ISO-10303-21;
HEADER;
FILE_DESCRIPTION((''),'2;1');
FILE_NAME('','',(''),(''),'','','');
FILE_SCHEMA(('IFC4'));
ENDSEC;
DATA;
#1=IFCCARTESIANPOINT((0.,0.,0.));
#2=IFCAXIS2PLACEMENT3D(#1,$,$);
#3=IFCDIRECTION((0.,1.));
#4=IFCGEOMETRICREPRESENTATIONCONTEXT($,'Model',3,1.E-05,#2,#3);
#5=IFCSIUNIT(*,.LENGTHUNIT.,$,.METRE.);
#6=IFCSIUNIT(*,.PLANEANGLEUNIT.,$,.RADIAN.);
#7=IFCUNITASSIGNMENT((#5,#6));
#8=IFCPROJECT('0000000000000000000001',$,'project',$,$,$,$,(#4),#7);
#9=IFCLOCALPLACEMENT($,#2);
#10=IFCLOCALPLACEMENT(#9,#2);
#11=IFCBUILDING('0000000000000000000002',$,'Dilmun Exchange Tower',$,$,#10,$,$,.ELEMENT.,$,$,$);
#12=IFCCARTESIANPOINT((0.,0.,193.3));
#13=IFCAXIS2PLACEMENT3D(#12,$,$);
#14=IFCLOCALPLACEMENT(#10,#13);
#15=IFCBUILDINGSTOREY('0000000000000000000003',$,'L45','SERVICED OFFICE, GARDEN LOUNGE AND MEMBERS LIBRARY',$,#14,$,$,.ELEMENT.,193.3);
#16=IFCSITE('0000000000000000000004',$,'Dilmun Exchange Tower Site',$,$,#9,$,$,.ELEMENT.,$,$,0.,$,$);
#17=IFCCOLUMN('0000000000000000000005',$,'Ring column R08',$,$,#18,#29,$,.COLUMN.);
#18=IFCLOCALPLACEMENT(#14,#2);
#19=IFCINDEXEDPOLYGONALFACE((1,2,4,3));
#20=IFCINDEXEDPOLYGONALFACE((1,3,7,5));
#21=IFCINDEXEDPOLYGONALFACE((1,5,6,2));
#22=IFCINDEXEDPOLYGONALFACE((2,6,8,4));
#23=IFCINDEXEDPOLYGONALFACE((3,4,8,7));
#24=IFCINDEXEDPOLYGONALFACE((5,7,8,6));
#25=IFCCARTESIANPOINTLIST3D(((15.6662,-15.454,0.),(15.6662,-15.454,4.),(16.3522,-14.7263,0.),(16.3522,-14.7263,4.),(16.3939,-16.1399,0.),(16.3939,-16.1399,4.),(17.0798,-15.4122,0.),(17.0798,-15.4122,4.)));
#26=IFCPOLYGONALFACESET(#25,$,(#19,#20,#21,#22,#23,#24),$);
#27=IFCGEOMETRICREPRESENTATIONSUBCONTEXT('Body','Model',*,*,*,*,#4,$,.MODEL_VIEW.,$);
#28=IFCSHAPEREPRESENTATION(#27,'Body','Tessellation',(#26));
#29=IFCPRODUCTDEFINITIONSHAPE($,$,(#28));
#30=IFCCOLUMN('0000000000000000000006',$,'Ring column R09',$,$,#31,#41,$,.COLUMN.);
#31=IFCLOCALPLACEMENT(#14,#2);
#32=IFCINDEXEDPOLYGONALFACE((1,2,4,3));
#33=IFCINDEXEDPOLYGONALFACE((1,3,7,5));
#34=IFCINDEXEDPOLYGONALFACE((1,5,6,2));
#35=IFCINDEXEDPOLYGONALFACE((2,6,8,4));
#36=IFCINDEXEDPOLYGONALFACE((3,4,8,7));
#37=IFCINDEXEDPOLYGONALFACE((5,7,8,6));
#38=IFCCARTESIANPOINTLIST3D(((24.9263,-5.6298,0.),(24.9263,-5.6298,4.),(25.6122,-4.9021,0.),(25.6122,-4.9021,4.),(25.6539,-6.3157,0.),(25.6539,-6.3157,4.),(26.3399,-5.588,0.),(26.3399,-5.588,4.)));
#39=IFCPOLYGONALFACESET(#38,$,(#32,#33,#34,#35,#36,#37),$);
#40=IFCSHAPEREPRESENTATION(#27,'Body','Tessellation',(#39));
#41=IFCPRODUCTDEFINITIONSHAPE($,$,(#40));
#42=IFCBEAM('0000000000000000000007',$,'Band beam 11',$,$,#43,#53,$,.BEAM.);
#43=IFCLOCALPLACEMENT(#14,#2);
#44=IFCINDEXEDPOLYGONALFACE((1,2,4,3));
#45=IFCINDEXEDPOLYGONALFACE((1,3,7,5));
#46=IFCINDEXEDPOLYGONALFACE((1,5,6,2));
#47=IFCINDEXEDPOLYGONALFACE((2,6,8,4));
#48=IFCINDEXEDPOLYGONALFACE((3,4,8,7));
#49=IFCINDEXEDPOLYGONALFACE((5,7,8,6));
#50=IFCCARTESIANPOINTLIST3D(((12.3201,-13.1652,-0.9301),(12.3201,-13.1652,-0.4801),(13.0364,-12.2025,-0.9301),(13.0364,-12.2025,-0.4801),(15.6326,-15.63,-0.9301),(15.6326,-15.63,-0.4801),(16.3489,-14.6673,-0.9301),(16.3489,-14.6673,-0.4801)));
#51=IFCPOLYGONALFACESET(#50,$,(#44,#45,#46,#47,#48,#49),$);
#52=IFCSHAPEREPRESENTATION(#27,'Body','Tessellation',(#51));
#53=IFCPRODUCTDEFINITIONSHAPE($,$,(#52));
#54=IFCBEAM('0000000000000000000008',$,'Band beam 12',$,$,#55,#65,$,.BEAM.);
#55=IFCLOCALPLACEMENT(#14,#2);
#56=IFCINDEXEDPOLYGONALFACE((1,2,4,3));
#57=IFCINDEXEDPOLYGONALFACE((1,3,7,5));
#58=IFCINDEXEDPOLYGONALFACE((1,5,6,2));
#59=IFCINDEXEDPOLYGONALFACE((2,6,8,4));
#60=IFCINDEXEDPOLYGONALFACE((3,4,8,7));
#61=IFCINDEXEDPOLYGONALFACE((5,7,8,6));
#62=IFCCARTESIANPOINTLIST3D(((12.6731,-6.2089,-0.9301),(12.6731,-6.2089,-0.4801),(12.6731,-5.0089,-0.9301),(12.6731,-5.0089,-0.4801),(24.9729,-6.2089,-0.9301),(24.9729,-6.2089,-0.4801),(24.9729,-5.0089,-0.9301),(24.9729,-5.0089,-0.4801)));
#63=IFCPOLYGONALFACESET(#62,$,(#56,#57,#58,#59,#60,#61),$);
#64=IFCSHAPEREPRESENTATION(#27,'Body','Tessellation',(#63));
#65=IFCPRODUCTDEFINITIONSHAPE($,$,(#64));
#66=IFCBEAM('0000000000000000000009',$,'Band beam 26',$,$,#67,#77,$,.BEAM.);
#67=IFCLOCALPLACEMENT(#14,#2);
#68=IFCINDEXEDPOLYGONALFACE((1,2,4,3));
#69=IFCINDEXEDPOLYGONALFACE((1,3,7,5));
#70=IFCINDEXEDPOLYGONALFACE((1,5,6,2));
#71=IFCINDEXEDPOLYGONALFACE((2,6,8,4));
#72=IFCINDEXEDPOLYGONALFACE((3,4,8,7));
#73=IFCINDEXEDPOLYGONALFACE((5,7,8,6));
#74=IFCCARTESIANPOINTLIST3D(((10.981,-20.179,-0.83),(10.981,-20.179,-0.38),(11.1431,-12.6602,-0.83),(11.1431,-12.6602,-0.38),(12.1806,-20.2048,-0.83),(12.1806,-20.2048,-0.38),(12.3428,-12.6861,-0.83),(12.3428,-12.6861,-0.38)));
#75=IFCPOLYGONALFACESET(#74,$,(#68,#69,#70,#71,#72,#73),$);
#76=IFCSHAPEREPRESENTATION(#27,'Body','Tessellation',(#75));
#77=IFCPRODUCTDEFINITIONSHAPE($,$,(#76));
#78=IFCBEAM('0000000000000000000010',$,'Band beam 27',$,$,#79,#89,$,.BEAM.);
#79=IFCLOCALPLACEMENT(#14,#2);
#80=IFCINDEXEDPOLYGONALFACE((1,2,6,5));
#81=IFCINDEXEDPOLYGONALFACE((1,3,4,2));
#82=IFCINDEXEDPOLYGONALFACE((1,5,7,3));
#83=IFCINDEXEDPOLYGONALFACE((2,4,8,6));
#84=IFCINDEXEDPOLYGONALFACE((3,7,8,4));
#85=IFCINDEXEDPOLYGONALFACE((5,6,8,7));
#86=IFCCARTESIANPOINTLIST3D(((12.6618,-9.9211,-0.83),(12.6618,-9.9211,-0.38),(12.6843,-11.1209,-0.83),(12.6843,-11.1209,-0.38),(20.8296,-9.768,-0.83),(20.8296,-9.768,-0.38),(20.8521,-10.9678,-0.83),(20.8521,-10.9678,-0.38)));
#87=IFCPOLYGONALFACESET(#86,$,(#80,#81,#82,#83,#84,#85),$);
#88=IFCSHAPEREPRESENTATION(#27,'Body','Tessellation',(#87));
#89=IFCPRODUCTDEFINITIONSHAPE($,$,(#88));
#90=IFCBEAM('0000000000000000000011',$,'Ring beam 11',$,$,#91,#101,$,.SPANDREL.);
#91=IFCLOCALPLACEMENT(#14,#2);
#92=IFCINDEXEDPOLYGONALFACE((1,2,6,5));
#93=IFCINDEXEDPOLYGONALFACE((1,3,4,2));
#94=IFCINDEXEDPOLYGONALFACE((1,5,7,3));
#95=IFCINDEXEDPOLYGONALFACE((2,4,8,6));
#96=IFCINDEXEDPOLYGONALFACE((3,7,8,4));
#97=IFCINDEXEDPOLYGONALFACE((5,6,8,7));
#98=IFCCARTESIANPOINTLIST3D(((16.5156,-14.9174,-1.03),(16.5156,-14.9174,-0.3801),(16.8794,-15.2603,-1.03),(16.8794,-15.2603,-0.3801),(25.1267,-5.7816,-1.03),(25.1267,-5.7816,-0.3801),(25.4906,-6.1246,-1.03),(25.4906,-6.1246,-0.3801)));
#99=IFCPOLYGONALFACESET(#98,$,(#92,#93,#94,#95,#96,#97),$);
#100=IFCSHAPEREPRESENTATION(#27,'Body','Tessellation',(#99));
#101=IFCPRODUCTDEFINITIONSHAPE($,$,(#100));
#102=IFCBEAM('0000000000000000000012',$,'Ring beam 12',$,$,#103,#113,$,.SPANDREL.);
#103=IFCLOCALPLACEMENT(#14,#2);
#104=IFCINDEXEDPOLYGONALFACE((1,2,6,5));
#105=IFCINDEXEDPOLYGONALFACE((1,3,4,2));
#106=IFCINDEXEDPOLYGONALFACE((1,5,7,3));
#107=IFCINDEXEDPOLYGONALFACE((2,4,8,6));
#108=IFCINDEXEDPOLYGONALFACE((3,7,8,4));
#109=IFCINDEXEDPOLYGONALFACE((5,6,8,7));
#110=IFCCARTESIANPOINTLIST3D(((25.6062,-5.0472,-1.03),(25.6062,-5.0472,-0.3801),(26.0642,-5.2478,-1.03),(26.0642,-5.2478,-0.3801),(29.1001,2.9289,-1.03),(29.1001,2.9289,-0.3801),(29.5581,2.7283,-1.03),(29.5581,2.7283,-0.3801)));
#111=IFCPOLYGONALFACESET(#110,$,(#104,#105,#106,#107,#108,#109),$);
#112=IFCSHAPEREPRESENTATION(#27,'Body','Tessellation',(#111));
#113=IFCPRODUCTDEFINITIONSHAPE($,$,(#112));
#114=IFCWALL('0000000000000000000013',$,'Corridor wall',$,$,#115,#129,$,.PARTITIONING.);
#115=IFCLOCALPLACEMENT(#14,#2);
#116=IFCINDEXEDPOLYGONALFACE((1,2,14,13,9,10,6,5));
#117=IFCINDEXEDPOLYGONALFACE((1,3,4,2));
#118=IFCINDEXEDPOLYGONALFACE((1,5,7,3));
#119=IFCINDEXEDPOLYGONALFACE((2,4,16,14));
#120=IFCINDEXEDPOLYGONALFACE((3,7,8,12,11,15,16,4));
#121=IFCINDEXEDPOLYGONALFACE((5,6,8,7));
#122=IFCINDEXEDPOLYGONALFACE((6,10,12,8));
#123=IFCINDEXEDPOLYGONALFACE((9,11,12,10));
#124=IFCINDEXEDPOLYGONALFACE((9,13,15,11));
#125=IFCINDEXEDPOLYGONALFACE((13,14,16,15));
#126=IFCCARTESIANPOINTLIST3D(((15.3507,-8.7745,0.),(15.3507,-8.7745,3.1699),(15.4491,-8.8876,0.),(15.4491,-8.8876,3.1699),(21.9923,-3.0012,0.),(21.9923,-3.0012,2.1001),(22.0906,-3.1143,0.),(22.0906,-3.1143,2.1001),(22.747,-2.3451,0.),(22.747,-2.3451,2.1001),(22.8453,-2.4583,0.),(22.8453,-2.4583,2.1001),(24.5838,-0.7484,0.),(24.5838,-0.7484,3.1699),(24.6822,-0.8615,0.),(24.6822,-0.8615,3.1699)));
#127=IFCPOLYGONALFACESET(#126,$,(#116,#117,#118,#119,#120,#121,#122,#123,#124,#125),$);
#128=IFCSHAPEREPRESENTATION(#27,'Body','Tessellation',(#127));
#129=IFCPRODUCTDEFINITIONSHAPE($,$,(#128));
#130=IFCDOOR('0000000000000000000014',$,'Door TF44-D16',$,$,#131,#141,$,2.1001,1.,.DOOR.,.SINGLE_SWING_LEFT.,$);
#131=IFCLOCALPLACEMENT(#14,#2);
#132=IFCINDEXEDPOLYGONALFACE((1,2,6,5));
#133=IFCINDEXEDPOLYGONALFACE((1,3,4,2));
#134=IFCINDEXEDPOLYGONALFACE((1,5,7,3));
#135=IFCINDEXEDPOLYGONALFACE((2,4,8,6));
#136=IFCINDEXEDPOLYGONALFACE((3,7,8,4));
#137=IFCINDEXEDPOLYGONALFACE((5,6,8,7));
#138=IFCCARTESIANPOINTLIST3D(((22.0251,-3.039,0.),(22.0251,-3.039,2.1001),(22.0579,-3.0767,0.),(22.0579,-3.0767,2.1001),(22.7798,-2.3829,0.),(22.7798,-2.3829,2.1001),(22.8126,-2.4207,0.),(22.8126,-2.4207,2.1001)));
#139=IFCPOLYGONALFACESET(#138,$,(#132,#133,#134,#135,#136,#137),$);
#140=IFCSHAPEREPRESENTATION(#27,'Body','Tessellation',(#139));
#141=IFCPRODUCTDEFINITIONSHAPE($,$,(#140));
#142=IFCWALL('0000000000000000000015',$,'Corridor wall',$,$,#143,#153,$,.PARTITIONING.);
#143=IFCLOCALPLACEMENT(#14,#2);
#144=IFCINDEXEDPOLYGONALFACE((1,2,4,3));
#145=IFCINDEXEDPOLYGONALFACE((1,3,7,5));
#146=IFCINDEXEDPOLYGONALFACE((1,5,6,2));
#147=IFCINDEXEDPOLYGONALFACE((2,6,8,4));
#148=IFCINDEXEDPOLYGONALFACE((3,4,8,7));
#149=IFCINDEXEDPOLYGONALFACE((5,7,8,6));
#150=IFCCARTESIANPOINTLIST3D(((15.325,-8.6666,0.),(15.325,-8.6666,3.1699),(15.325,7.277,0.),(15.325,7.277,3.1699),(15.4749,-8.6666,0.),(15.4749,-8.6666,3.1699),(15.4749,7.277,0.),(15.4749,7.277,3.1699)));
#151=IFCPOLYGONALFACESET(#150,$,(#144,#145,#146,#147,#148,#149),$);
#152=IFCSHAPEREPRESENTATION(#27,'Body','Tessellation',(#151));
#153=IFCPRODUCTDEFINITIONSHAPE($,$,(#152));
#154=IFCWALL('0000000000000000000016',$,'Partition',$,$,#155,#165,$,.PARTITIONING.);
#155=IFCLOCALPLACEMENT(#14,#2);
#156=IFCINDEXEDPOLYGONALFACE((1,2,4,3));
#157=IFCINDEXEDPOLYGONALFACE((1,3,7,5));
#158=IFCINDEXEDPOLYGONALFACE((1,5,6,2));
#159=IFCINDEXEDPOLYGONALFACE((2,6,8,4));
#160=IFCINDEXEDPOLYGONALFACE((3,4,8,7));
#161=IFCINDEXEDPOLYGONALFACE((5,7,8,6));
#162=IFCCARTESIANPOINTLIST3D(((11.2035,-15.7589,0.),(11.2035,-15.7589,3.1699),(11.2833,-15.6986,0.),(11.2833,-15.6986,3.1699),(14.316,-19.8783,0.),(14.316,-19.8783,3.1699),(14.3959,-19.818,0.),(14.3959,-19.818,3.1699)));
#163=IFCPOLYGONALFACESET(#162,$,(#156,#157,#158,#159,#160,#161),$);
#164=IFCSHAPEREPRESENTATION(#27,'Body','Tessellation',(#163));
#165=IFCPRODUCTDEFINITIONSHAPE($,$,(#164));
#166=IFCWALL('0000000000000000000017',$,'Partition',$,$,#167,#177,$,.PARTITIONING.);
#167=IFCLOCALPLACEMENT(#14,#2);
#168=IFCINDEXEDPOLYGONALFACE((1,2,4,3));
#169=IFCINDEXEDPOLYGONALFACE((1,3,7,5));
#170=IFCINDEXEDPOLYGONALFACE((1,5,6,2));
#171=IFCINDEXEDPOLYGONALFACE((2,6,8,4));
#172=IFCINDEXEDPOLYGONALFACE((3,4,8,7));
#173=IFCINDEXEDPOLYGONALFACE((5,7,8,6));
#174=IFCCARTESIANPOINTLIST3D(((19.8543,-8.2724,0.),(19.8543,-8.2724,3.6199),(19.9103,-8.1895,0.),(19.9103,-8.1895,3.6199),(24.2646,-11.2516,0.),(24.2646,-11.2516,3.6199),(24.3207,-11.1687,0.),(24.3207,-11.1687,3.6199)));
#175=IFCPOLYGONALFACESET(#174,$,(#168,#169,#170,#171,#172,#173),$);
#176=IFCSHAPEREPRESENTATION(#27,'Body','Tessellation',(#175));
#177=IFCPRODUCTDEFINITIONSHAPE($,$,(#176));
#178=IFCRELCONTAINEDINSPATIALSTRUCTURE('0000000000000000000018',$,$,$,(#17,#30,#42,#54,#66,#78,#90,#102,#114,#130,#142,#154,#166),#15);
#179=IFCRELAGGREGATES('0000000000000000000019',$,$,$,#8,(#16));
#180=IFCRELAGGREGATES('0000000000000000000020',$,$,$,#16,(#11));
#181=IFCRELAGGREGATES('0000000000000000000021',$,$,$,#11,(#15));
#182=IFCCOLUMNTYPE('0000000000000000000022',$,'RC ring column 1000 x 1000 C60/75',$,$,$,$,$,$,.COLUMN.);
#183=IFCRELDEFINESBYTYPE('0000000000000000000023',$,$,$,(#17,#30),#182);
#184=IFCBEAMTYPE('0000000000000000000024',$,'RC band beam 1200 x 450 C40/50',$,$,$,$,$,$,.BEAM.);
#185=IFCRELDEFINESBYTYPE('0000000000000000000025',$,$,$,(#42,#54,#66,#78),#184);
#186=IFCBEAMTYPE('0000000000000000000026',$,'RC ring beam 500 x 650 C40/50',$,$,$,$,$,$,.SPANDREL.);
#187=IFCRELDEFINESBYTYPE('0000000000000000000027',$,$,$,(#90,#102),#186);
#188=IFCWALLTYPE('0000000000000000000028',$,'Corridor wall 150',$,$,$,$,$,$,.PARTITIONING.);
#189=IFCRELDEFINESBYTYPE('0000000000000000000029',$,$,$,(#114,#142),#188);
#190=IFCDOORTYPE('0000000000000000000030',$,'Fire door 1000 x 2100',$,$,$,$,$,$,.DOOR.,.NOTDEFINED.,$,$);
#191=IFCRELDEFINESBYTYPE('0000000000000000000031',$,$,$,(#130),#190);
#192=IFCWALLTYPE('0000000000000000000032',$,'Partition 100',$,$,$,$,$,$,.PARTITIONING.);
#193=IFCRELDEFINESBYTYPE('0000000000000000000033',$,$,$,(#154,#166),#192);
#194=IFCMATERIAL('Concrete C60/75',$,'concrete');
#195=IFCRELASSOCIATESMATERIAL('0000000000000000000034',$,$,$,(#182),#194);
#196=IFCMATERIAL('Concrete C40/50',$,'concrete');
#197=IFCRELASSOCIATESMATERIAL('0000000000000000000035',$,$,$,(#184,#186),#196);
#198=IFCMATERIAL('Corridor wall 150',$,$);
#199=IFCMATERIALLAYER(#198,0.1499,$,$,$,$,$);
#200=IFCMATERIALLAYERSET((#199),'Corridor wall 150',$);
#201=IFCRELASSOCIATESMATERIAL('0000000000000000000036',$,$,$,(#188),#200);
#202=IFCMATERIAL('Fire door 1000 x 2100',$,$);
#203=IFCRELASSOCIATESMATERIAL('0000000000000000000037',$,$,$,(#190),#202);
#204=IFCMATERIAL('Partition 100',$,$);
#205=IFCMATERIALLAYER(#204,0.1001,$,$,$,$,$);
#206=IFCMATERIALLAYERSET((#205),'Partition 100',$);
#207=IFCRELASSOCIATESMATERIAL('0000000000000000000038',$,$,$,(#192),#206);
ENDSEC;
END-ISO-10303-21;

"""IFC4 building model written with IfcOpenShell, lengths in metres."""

from ifc_helpers import new_model, si_unit, direction, frame, frame_2d, origin, origin_2d, place, context, subcontext, project, spatial, rectangle, extrude, material, layer, layer_set, material_profile, profile_set, type_object, element, fill, save


model = new_model("IFC4")

# Units and contexts
model_context = context("Model", 3, precision=1e-05, world=origin(), true_north=direction((0.0, 1.0)))
body_context = subcontext(model_context, "Body", "Model", "MODEL_VIEW")
ifc_project = project(units=[si_unit("LENGTHUNIT", "METRE"), si_unit("PLANEANGLEUNIT", "RADIAN")], contexts=[model_context])

# Site, building, storey
site_placement = place(None, origin())
site = spatial("IfcSite", under=ifc_project, at=site_placement, Name="Dilmun Exchange Tower Site", CompositionType="ELEMENT", RefElevation=0.0)
building_placement = place(site_placement, origin())
building = spatial("IfcBuilding", under=site, at=building_placement, Name="Dilmun Exchange Tower", CompositionType="ELEMENT")
storey_placement = place(building_placement, frame((0.0, 0.0, 193.3)))
storey = spatial("IfcBuildingStorey", under=building, at=storey_placement, Name="L45", Description="SERVICED OFFICE, GARDEN LOUNGE AND MEMBERS LIBRARY", CompositionType="ELEMENT", Elevation=193.3)

# Columns
ifc_material_1 = material(Name="Concrete C60/75", Category="concrete")
ifc_material_profile_1 = material_profile(ifc_material_1, rectangle(XDim=1.0, YDim=1.0, at=origin_2d()), Name="1000 x 1000")
ifc_profile_set_1 = profile_set([ifc_material_profile_1], Name="Concrete C60/75")
column_type = type_object("IfcColumnType", Name="RC ring column 1000 x 1000 C60/75", PredefinedType="COLUMN", material=ifc_profile_set_1)
for number, where, z_axis, x_axis, name in (
    (1, (16.373, -15.4331, 0.0), (0.0, 0.0, 1.0), (0.685916, 0.727681, 0.0), "Ring column R08"),
    (2, (25.6331, -5.6089, 0.0), (0.0, 0.0, 1.0), (0.685916, 0.727681, 0.0), "Ring column R09"),
):
    element("IfcColumn", number, at=place(storey_placement, frame(where, z_axis=z_axis, x_axis=x_axis)), inside=storey, type_object=column_type, Name=name, PredefinedType="COLUMN", context=body_context, shape_type="SweptSolid", body=[
        extrude(rectangle(XDim=1.0, YDim=1.0, at=origin_2d()), origin(), (0.0, 0.0, 1.0), 4.0),
    ])

# Beams
ifc_material_2 = material(Name="Concrete C40/50", Category="concrete")
ifc_material_profile_2 = material_profile(ifc_material_2, rectangle(XDim=1.2, YDim=0.45, at=origin_2d()), Name="1200 x 450")
ifc_profile_set_2 = profile_set([ifc_material_profile_2], Name="Concrete C40/50")
beam_type_1 = type_object("IfcBeamType", Name="RC band beam 1200 x 450 C40/50", PredefinedType="BEAM", material=ifc_profile_set_2)
beam_1_placement = place(storey_placement, frame((15.9907, -15.1487, -0.7051), z_axis=(-0.802265, 0.596968, 0.0), x_axis=(-0.596968, -0.802265, 0.0)))
element("IfcBeam", 3, at=beam_1_placement, inside=storey, type_object=beam_type_1, Name="Band beam 11", PredefinedType="BEAM", context=body_context, shape_type="SweptSolid", body=[
    extrude(rectangle(XDim=1.2, YDim=0.45, at=origin_2d()), origin(), (0.0, 0.0, 1.0), 4.1289),
])
beam_2_placement = place(storey_placement, frame((24.9729, -5.6089, -0.7051), z_axis=(-1.0, 0.0, 0.0), x_axis=(0.0, -1.0, 0.0)))
element("IfcBeam", 4, at=beam_2_placement, inside=storey, type_object=beam_type_1, Name="Band beam 12", PredefinedType="BEAM", context=body_context, shape_type="SweptSolid", body=[
    extrude(rectangle(XDim=1.2, YDim=0.45, at=origin_2d()), origin(), (0.0, 0.0, 1.0), 12.2998),
])
beam_3_placement = place(storey_placement, frame((11.5808, -20.1919, -0.605), z_axis=(0.021556, 0.999768, 0.0), x_axis=(-0.999768, 0.021556, 0.0)))
element("IfcBeam", 5, at=beam_3_placement, inside=storey, type_object=beam_type_1, Name="Band beam 26", PredefinedType="BEAM", context=body_context, shape_type="SweptSolid", body=[
    extrude(rectangle(XDim=1.2, YDim=0.45, at=origin_2d()), origin(), (0.0, 0.0, 1.0), 7.5205),
])
beam_4_placement = place(storey_placement, frame((20.8408, -10.3679, -0.605), z_axis=(-0.999824, -0.018738, 0.0), x_axis=(0.018738, -0.999824, 0.0)))
element("IfcBeam", 6, at=beam_4_placement, inside=storey, type_object=beam_type_1, Name="Band beam 27", PredefinedType="BEAM", context=body_context, shape_type="SweptSolid", body=[
    extrude(rectangle(XDim=1.2, YDim=0.45, at=origin_2d()), origin(), (0.0, 0.0, 1.0), 8.1692),
])
ifc_material_profile_3 = material_profile(ifc_material_2, rectangle(XDim=0.5, YDim=0.6499, at=origin_2d()), Name="500 x 650")
ifc_profile_set_3 = profile_set([ifc_material_profile_3], Name="Concrete C40/50")
beam_type_2 = type_object("IfcBeamType", Name="RC ring beam 500 x 650 C40/50", PredefinedType="SPANDREL", material=ifc_profile_set_3)
beam_5_placement = place(storey_placement, frame((16.6975, -15.0889, -0.7051), z_axis=(0.685903, 0.727693, 0.0), x_axis=(-0.727693, 0.685903, 0.0)))
element("IfcBeam", 7, at=beam_5_placement, inside=storey, type_object=beam_type_2, Name="Ring beam 11", PredefinedType="SPANDREL", context=body_context, shape_type="SweptSolid", body=[
    extrude(rectangle(XDim=0.5, YDim=0.6499, at=origin_2d()), origin(), (0.0, 0.0, 1.0), 12.5544),
])
beam_6_placement = place(storey_placement, frame((25.8352, -5.1475, -0.7051), z_axis=(0.401239, 0.915973, 0.0), x_axis=(-0.915973, 0.401239, 0.0)))
element("IfcBeam", 8, at=beam_6_placement, inside=storey, type_object=beam_type_2, Name="Ring beam 12", PredefinedType="SPANDREL", context=body_context, shape_type="SweptSolid", body=[
    extrude(rectangle(XDim=0.5, YDim=0.6499, at=origin_2d()), origin(), (0.0, 0.0, 1.0), 8.7078),
])

# Wall, opening, door
ifc_material_3 = material(Name="Corridor wall 150")
ifc_layer_1 = layer(ifc_material_3, 0.1499)
ifc_layer_set_1 = layer_set([ifc_layer_1], Name="Corridor wall 150")
wall_type_1 = type_object("IfcWallType", Name="Corridor wall 150", PredefinedType="PARTITIONING", material=ifc_layer_set_1)
wall_1_placement = place(storey_placement, frame((15.3999, -8.8311, 0.0), z_axis=(0.0, 0.0, 1.0), x_axis=(0.754715, 0.656053, 0.0)))
wall_1 = element("IfcWall", 9, at=wall_1_placement, inside=storey, type_object=wall_type_1, Name="Corridor wall", PredefinedType="PARTITIONING", context=body_context, shape_type="SweptSolid", body=[
    extrude(rectangle(XDim=12.2339, YDim=0.1499, at=frame_2d((6.1169, 0.0))), origin(), (0.0, 0.0, 1.0), 3.1699),
])
opening_1_placement = place(wall_1_placement, frame((8.8, 0.0, 0.0)))
opening_1 = element("IfcOpeningElement", 10, at=opening_1_placement, cuts=wall_1, PredefinedType="OPENING", context=body_context, shape_type="SweptSolid", body=[
    extrude(rectangle(XDim=1.0, YDim=2.1001, at=frame_2d((0.5, 1.05))), frame((0.0, 0.085, 0.0), z_axis=(0.0, -1.0, 0.0), x_axis=(1.0, 0.0, 0.0)), (0.0, 0.0, 1.0), 0.1699),
])
ifc_material_4 = material(Name="Fire door 1000 x 2100")
door_type_1 = type_object("IfcDoorType", Name="Fire door 1000 x 2100", OperationType="NOTDEFINED", PredefinedType="DOOR", material=ifc_material_4)
door_1_placement = place(opening_1_placement, origin())
door_1 = element("IfcDoor", 11, at=door_1_placement, inside=storey, type_object=door_type_1, Name="Door TF44-D16", OperationType="SINGLE_SWING_LEFT", OverallHeight=2.1001, OverallWidth=1.0, PredefinedType="DOOR", context=body_context, shape_type="SweptSolid", body=[
    extrude(rectangle(XDim=1.0, YDim=2.1001, at=frame_2d((0.5, 1.05))), frame((0.0, 0.0249, 0.0), z_axis=(0.0, -1.0, 0.0), x_axis=(1.0, 0.0, 0.0)), (0.0, 0.0, 1.0), 0.05),
])
fill(opening_1, door_1)

# Walls
wall_2_placement = place(storey_placement, frame((15.3999, -8.6665, 0.0), z_axis=(0.0, 0.0, 1.0), x_axis=(0.0, 1.0, 0.0)))
element("IfcWall", 12, at=wall_2_placement, inside=storey, type_object=wall_type_1, Name="Corridor wall", PredefinedType="PARTITIONING", context=body_context, shape_type="SweptSolid", body=[
    extrude(rectangle(XDim=15.9436, YDim=0.1499, at=frame_2d((7.9717, 0.0))), origin(), (0.0, 0.0, 1.0), 3.1699),
])
ifc_material_5 = material(Name="Partition 100")
ifc_layer_2 = layer(ifc_material_5, 0.1001)
ifc_layer_set_2 = layer_set([ifc_layer_2], Name="Partition 100")
wall_type_2 = type_object("IfcWallType", Name="Partition 100", PredefinedType="PARTITIONING", material=ifc_layer_set_2)
wall_3_placement = place(storey_placement, frame((11.2434, -15.7288, 0.0), z_axis=(0.0, 0.0, 1.0), x_axis=(0.602848, -0.797856, 0.0)))
element("IfcWall", 13, at=wall_3_placement, inside=storey, type_object=wall_type_2, Name="Partition", PredefinedType="PARTITIONING", context=body_context, shape_type="SweptSolid", body=[
    extrude(rectangle(XDim=5.1631, YDim=0.1001, at=frame_2d((2.5815, 0.0))), origin(), (0.0, 0.0, 1.0), 3.1699),
])
wall_4_placement = place(storey_placement, frame((19.8823, -8.231, 0.0), z_axis=(0.0, 0.0, 1.0), x_axis=(0.828655, -0.55976, 0.0)))
element("IfcWall", 14, at=wall_4_placement, inside=storey, type_object=wall_type_2, Name="Partition", PredefinedType="PARTITIONING", context=body_context, shape_type="SweptSolid", body=[
    extrude(rectangle(XDim=5.3223, YDim=0.1001, at=frame_2d((2.6611, 0.0))), origin(), (0.0, 0.0, 1.0), 3.6199),
])

save(model, "model.ifc")
